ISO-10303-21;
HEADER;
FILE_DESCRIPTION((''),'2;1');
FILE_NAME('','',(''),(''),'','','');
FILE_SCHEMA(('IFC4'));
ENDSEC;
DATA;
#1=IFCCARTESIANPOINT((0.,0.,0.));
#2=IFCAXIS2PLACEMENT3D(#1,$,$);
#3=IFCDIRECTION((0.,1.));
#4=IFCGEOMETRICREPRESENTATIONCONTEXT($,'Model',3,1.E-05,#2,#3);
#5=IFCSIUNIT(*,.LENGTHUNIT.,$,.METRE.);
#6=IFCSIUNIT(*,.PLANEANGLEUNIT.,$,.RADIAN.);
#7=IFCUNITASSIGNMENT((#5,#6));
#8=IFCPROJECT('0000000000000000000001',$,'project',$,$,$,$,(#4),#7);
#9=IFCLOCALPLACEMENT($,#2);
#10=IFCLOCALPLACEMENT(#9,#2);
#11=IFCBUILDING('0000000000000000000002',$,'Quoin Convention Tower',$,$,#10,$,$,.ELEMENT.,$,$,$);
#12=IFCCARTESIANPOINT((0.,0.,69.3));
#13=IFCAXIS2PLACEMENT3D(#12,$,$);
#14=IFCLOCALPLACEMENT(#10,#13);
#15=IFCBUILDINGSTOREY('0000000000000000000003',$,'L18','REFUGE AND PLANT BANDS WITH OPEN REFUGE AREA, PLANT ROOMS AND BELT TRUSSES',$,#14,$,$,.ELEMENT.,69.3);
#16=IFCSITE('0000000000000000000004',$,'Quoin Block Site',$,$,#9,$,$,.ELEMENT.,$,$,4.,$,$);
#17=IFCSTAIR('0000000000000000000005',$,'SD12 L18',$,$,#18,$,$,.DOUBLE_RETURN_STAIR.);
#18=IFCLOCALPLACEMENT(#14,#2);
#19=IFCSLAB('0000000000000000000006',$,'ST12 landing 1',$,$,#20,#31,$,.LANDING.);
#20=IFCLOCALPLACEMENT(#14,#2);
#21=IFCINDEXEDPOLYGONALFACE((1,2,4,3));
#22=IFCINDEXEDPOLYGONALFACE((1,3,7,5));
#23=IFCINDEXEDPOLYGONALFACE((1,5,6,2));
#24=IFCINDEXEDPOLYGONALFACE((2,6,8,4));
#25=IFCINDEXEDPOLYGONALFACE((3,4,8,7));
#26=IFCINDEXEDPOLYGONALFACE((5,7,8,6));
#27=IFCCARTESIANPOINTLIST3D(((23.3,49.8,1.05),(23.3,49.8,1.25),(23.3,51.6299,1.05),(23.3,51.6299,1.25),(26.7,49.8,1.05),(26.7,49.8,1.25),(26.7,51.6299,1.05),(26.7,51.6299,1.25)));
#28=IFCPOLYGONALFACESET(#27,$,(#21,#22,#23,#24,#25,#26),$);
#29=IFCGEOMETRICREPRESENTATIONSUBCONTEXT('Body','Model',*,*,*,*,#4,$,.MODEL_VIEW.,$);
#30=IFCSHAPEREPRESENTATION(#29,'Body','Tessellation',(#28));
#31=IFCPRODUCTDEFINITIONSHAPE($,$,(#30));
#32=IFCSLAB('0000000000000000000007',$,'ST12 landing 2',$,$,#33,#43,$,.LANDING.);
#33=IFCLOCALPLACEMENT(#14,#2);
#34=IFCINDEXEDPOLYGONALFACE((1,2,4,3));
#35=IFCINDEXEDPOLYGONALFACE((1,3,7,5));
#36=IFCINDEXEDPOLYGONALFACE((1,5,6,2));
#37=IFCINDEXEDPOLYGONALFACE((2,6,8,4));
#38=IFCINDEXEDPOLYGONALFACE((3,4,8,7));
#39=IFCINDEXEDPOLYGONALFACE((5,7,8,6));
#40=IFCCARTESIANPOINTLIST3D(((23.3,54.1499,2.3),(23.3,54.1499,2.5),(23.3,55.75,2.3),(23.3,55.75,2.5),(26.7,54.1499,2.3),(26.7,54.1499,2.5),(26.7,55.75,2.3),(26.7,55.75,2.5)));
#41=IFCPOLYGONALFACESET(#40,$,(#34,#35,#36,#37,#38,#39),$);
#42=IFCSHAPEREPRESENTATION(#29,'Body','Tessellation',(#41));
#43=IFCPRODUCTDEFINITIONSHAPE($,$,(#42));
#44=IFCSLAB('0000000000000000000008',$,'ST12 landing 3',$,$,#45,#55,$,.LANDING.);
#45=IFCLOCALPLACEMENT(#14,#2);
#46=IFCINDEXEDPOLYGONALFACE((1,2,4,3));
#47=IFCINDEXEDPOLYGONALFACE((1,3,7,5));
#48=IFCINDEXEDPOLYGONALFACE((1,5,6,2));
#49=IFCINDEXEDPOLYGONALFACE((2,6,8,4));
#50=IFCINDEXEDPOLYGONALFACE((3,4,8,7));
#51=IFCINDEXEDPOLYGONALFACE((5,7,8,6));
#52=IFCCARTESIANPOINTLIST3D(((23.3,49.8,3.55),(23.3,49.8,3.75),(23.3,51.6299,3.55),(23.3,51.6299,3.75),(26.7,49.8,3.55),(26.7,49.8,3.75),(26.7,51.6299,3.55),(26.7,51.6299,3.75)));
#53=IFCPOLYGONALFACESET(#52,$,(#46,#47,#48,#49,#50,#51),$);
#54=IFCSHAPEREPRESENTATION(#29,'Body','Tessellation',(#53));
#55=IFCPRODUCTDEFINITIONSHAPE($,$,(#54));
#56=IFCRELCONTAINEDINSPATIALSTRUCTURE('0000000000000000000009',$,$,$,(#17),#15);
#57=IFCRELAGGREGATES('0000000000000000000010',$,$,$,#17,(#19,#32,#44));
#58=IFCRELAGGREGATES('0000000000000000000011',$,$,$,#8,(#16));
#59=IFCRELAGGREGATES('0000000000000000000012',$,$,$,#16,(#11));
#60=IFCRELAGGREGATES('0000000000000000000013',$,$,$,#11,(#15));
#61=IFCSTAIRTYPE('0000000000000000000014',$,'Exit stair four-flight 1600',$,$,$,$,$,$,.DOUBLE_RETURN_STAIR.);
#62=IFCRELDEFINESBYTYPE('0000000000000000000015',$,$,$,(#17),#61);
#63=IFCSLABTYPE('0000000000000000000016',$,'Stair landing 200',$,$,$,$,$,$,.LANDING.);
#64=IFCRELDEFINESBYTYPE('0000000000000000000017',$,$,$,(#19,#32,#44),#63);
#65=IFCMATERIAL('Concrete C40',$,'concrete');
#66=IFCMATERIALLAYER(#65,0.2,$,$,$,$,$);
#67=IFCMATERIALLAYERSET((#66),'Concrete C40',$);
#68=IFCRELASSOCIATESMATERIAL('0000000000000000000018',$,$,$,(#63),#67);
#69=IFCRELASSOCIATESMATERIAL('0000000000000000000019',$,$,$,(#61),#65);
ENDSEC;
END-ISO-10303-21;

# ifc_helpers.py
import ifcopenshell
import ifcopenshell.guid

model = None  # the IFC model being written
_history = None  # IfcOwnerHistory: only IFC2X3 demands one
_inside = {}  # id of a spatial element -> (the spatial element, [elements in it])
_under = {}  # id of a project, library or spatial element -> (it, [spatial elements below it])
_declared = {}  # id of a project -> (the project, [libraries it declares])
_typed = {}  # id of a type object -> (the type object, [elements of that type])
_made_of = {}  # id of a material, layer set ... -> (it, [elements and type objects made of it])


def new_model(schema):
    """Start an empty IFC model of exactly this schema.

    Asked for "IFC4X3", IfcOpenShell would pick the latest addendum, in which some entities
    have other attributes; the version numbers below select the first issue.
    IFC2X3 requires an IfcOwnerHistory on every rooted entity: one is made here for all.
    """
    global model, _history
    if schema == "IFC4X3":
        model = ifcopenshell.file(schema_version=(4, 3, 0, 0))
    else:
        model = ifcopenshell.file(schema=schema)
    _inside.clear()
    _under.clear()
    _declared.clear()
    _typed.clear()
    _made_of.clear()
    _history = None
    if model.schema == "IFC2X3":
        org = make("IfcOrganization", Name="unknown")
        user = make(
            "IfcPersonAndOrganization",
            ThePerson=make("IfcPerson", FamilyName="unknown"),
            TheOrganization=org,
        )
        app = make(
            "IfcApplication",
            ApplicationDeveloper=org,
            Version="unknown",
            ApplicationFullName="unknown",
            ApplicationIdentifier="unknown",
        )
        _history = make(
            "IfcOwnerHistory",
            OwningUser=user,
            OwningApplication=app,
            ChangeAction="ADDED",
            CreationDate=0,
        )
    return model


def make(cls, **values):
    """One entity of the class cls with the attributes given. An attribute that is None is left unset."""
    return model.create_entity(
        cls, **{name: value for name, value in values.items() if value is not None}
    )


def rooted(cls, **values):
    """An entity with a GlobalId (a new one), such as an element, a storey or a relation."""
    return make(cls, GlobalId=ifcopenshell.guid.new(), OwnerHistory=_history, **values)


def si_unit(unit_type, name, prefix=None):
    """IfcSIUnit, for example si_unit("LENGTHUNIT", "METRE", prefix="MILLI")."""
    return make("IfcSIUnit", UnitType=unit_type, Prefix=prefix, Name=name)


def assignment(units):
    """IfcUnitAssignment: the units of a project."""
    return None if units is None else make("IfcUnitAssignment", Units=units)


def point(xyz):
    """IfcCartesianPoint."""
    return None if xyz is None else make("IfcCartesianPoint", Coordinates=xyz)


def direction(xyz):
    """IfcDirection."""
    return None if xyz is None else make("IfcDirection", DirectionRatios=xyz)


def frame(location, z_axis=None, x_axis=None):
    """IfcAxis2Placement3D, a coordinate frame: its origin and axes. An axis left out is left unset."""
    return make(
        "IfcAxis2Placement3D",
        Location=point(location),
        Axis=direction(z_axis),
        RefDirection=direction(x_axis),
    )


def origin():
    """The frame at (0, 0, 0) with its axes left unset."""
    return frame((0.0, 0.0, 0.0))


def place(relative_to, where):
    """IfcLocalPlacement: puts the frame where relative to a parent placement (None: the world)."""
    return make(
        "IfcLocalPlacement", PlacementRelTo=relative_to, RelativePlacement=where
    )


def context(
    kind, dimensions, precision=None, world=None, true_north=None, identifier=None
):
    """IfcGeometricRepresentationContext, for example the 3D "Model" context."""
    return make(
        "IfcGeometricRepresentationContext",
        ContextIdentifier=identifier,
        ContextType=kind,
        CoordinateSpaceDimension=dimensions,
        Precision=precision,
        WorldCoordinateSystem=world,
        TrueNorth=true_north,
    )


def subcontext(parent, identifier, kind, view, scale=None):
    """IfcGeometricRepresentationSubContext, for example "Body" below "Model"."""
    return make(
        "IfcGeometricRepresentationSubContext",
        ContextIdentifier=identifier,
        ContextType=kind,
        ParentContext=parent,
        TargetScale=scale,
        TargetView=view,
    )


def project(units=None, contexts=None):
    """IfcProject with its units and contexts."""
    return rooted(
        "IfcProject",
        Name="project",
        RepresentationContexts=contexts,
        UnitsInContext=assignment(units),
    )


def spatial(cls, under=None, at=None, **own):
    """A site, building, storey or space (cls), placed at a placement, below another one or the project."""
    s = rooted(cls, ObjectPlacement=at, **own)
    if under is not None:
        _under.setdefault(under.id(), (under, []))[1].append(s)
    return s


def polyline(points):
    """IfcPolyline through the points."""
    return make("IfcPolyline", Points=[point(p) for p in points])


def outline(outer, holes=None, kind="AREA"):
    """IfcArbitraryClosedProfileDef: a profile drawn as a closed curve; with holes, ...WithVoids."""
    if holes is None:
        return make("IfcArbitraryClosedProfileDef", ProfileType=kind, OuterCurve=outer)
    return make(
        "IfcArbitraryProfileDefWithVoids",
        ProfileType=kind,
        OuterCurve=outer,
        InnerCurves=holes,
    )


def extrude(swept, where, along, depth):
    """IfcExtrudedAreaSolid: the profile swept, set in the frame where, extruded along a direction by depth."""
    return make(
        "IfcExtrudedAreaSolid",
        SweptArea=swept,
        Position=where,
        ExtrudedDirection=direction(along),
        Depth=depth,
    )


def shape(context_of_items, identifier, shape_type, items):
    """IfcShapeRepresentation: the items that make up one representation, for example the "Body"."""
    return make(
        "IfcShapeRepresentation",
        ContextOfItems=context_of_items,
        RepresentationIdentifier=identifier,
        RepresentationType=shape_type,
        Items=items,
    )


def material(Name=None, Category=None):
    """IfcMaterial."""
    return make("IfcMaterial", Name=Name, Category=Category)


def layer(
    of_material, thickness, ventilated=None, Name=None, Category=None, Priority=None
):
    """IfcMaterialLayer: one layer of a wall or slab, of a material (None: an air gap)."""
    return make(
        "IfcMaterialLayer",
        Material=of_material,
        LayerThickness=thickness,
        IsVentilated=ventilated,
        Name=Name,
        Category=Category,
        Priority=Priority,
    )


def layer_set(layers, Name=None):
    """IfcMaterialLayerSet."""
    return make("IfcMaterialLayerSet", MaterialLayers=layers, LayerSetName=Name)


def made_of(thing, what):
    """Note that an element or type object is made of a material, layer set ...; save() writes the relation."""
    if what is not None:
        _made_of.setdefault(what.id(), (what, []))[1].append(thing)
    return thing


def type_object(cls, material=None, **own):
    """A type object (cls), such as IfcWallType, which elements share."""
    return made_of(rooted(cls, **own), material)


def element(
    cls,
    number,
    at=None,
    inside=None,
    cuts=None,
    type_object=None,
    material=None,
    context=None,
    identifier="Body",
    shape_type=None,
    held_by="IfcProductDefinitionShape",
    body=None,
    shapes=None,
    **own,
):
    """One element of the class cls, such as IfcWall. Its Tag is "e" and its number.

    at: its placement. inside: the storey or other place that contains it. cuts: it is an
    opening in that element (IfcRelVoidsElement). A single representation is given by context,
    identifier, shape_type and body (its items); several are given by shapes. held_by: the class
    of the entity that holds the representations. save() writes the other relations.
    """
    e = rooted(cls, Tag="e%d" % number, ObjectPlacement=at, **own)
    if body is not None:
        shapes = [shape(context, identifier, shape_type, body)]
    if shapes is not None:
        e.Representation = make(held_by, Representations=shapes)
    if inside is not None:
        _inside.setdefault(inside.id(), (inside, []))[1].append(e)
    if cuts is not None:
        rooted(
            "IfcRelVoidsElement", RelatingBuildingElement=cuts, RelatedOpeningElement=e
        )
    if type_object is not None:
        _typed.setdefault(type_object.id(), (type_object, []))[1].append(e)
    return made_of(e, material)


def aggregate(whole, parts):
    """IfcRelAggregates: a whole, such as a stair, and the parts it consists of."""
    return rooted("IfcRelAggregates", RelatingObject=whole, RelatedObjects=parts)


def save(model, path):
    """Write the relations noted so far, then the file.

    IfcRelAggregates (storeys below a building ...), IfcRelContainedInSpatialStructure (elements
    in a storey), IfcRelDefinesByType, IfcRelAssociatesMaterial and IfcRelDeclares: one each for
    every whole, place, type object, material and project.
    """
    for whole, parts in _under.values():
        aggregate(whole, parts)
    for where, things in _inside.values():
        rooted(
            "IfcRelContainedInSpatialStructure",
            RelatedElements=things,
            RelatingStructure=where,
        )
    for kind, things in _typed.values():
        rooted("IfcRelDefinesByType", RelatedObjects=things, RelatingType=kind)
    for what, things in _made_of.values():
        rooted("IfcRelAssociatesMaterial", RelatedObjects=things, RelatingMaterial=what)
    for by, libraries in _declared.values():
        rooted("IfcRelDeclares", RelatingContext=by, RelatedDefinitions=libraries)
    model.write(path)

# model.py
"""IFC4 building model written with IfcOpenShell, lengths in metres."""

from ifc_helpers import new_model, si_unit, direction, frame, origin, place, context, subcontext, project, spatial, polyline, outline, extrude, material, layer, layer_set, type_object, element, aggregate, save


model = new_model("IFC4")

# Units and contexts
model_context = context("Model", 3, precision=1e-05, world=origin(), true_north=direction((0.0, 1.0)))
body_context = subcontext(model_context, "Body", "Model", "MODEL_VIEW")
ifc_project = project(units=[si_unit("LENGTHUNIT", "METRE"), si_unit("PLANEANGLEUNIT", "RADIAN")], contexts=[model_context])

# Site, building, storey
site_placement = place(None, origin())
site = spatial("IfcSite", under=ifc_project, at=site_placement, Name="Quoin Block Site", CompositionType="ELEMENT", RefElevation=4.0)
building_placement = place(site_placement, origin())
building = spatial("IfcBuilding", under=site, at=building_placement, Name="Quoin Convention Tower", CompositionType="ELEMENT")
storey_placement = place(building_placement, frame((0.0, 0.0, 69.3)))
storey = spatial("IfcBuildingStorey", under=building, at=storey_placement, Name="L18", Description="REFUGE AND PLANT BANDS WITH OPEN REFUGE AREA, PLANT ROOMS AND BELT TRUSSES", CompositionType="ELEMENT", Elevation=69.3)

# Stair, slabs
ifc_material_1 = material(Name="Concrete C40", Category="concrete")
ifc_layer_1 = layer(ifc_material_1, 0.2)
ifc_layer_set_1 = layer_set([ifc_layer_1], Name="Concrete C40")
slab_type_1 = type_object("IfcSlabType", Name="Stair landing 200", PredefinedType="LANDING", material=ifc_layer_set_1)
stair_type_1 = type_object("IfcStairType", Name="Exit stair four-flight 1600", PredefinedType="DOUBLE_RETURN_STAIR", material=ifc_material_1)
stair_1_placement = place(storey_placement, origin())
stair_1 = element("IfcStair", 1, at=stair_1_placement, inside=storey, type_object=stair_type_1, Name="SD12 L18", PredefinedType="DOUBLE_RETURN_STAIR")
slab_1_placement = place(storey_placement, frame((0.0, 0.0, 1.05)))
slab_1 = element("IfcSlab", 2, at=slab_1_placement, type_object=slab_type_1, Name="ST12 landing 1", PredefinedType="LANDING", context=body_context, shape_type="SweptSolid", body=[
    extrude(outline(polyline([(26.7, 51.6299), (23.3, 51.6299), (23.3, 49.8), (26.7, 49.8), (26.7, 51.6299)])), origin(), (0.0, 0.0, 1.0), 0.2),
])
slab_2_placement = place(storey_placement, frame((0.0, 0.0, 2.3)))
slab_2 = element("IfcSlab", 3, at=slab_2_placement, type_object=slab_type_1, Name="ST12 landing 2", PredefinedType="LANDING", context=body_context, shape_type="SweptSolid", body=[
    extrude(outline(polyline([(26.7, 55.75), (23.3, 55.75), (23.3, 54.1499), (26.7, 54.1499), (26.7, 55.75)])), origin(), (0.0, 0.0, 1.0), 0.2),
])
slab_3_placement = place(storey_placement, frame((0.0, 0.0, 3.55)))
slab_3 = element("IfcSlab", 4, at=slab_3_placement, type_object=slab_type_1, Name="ST12 landing 3", PredefinedType="LANDING", context=body_context, shape_type="SweptSolid", body=[
    extrude(outline(polyline([(26.7, 51.6299), (23.3, 51.6299), (23.3, 49.8), (26.7, 49.8), (26.7, 51.6299)])), origin(), (0.0, 0.0, 1.0), 0.2),
])
aggregate(stair_1, [slab_1, slab_2, slab_3])

save(model, "model.ifc")
